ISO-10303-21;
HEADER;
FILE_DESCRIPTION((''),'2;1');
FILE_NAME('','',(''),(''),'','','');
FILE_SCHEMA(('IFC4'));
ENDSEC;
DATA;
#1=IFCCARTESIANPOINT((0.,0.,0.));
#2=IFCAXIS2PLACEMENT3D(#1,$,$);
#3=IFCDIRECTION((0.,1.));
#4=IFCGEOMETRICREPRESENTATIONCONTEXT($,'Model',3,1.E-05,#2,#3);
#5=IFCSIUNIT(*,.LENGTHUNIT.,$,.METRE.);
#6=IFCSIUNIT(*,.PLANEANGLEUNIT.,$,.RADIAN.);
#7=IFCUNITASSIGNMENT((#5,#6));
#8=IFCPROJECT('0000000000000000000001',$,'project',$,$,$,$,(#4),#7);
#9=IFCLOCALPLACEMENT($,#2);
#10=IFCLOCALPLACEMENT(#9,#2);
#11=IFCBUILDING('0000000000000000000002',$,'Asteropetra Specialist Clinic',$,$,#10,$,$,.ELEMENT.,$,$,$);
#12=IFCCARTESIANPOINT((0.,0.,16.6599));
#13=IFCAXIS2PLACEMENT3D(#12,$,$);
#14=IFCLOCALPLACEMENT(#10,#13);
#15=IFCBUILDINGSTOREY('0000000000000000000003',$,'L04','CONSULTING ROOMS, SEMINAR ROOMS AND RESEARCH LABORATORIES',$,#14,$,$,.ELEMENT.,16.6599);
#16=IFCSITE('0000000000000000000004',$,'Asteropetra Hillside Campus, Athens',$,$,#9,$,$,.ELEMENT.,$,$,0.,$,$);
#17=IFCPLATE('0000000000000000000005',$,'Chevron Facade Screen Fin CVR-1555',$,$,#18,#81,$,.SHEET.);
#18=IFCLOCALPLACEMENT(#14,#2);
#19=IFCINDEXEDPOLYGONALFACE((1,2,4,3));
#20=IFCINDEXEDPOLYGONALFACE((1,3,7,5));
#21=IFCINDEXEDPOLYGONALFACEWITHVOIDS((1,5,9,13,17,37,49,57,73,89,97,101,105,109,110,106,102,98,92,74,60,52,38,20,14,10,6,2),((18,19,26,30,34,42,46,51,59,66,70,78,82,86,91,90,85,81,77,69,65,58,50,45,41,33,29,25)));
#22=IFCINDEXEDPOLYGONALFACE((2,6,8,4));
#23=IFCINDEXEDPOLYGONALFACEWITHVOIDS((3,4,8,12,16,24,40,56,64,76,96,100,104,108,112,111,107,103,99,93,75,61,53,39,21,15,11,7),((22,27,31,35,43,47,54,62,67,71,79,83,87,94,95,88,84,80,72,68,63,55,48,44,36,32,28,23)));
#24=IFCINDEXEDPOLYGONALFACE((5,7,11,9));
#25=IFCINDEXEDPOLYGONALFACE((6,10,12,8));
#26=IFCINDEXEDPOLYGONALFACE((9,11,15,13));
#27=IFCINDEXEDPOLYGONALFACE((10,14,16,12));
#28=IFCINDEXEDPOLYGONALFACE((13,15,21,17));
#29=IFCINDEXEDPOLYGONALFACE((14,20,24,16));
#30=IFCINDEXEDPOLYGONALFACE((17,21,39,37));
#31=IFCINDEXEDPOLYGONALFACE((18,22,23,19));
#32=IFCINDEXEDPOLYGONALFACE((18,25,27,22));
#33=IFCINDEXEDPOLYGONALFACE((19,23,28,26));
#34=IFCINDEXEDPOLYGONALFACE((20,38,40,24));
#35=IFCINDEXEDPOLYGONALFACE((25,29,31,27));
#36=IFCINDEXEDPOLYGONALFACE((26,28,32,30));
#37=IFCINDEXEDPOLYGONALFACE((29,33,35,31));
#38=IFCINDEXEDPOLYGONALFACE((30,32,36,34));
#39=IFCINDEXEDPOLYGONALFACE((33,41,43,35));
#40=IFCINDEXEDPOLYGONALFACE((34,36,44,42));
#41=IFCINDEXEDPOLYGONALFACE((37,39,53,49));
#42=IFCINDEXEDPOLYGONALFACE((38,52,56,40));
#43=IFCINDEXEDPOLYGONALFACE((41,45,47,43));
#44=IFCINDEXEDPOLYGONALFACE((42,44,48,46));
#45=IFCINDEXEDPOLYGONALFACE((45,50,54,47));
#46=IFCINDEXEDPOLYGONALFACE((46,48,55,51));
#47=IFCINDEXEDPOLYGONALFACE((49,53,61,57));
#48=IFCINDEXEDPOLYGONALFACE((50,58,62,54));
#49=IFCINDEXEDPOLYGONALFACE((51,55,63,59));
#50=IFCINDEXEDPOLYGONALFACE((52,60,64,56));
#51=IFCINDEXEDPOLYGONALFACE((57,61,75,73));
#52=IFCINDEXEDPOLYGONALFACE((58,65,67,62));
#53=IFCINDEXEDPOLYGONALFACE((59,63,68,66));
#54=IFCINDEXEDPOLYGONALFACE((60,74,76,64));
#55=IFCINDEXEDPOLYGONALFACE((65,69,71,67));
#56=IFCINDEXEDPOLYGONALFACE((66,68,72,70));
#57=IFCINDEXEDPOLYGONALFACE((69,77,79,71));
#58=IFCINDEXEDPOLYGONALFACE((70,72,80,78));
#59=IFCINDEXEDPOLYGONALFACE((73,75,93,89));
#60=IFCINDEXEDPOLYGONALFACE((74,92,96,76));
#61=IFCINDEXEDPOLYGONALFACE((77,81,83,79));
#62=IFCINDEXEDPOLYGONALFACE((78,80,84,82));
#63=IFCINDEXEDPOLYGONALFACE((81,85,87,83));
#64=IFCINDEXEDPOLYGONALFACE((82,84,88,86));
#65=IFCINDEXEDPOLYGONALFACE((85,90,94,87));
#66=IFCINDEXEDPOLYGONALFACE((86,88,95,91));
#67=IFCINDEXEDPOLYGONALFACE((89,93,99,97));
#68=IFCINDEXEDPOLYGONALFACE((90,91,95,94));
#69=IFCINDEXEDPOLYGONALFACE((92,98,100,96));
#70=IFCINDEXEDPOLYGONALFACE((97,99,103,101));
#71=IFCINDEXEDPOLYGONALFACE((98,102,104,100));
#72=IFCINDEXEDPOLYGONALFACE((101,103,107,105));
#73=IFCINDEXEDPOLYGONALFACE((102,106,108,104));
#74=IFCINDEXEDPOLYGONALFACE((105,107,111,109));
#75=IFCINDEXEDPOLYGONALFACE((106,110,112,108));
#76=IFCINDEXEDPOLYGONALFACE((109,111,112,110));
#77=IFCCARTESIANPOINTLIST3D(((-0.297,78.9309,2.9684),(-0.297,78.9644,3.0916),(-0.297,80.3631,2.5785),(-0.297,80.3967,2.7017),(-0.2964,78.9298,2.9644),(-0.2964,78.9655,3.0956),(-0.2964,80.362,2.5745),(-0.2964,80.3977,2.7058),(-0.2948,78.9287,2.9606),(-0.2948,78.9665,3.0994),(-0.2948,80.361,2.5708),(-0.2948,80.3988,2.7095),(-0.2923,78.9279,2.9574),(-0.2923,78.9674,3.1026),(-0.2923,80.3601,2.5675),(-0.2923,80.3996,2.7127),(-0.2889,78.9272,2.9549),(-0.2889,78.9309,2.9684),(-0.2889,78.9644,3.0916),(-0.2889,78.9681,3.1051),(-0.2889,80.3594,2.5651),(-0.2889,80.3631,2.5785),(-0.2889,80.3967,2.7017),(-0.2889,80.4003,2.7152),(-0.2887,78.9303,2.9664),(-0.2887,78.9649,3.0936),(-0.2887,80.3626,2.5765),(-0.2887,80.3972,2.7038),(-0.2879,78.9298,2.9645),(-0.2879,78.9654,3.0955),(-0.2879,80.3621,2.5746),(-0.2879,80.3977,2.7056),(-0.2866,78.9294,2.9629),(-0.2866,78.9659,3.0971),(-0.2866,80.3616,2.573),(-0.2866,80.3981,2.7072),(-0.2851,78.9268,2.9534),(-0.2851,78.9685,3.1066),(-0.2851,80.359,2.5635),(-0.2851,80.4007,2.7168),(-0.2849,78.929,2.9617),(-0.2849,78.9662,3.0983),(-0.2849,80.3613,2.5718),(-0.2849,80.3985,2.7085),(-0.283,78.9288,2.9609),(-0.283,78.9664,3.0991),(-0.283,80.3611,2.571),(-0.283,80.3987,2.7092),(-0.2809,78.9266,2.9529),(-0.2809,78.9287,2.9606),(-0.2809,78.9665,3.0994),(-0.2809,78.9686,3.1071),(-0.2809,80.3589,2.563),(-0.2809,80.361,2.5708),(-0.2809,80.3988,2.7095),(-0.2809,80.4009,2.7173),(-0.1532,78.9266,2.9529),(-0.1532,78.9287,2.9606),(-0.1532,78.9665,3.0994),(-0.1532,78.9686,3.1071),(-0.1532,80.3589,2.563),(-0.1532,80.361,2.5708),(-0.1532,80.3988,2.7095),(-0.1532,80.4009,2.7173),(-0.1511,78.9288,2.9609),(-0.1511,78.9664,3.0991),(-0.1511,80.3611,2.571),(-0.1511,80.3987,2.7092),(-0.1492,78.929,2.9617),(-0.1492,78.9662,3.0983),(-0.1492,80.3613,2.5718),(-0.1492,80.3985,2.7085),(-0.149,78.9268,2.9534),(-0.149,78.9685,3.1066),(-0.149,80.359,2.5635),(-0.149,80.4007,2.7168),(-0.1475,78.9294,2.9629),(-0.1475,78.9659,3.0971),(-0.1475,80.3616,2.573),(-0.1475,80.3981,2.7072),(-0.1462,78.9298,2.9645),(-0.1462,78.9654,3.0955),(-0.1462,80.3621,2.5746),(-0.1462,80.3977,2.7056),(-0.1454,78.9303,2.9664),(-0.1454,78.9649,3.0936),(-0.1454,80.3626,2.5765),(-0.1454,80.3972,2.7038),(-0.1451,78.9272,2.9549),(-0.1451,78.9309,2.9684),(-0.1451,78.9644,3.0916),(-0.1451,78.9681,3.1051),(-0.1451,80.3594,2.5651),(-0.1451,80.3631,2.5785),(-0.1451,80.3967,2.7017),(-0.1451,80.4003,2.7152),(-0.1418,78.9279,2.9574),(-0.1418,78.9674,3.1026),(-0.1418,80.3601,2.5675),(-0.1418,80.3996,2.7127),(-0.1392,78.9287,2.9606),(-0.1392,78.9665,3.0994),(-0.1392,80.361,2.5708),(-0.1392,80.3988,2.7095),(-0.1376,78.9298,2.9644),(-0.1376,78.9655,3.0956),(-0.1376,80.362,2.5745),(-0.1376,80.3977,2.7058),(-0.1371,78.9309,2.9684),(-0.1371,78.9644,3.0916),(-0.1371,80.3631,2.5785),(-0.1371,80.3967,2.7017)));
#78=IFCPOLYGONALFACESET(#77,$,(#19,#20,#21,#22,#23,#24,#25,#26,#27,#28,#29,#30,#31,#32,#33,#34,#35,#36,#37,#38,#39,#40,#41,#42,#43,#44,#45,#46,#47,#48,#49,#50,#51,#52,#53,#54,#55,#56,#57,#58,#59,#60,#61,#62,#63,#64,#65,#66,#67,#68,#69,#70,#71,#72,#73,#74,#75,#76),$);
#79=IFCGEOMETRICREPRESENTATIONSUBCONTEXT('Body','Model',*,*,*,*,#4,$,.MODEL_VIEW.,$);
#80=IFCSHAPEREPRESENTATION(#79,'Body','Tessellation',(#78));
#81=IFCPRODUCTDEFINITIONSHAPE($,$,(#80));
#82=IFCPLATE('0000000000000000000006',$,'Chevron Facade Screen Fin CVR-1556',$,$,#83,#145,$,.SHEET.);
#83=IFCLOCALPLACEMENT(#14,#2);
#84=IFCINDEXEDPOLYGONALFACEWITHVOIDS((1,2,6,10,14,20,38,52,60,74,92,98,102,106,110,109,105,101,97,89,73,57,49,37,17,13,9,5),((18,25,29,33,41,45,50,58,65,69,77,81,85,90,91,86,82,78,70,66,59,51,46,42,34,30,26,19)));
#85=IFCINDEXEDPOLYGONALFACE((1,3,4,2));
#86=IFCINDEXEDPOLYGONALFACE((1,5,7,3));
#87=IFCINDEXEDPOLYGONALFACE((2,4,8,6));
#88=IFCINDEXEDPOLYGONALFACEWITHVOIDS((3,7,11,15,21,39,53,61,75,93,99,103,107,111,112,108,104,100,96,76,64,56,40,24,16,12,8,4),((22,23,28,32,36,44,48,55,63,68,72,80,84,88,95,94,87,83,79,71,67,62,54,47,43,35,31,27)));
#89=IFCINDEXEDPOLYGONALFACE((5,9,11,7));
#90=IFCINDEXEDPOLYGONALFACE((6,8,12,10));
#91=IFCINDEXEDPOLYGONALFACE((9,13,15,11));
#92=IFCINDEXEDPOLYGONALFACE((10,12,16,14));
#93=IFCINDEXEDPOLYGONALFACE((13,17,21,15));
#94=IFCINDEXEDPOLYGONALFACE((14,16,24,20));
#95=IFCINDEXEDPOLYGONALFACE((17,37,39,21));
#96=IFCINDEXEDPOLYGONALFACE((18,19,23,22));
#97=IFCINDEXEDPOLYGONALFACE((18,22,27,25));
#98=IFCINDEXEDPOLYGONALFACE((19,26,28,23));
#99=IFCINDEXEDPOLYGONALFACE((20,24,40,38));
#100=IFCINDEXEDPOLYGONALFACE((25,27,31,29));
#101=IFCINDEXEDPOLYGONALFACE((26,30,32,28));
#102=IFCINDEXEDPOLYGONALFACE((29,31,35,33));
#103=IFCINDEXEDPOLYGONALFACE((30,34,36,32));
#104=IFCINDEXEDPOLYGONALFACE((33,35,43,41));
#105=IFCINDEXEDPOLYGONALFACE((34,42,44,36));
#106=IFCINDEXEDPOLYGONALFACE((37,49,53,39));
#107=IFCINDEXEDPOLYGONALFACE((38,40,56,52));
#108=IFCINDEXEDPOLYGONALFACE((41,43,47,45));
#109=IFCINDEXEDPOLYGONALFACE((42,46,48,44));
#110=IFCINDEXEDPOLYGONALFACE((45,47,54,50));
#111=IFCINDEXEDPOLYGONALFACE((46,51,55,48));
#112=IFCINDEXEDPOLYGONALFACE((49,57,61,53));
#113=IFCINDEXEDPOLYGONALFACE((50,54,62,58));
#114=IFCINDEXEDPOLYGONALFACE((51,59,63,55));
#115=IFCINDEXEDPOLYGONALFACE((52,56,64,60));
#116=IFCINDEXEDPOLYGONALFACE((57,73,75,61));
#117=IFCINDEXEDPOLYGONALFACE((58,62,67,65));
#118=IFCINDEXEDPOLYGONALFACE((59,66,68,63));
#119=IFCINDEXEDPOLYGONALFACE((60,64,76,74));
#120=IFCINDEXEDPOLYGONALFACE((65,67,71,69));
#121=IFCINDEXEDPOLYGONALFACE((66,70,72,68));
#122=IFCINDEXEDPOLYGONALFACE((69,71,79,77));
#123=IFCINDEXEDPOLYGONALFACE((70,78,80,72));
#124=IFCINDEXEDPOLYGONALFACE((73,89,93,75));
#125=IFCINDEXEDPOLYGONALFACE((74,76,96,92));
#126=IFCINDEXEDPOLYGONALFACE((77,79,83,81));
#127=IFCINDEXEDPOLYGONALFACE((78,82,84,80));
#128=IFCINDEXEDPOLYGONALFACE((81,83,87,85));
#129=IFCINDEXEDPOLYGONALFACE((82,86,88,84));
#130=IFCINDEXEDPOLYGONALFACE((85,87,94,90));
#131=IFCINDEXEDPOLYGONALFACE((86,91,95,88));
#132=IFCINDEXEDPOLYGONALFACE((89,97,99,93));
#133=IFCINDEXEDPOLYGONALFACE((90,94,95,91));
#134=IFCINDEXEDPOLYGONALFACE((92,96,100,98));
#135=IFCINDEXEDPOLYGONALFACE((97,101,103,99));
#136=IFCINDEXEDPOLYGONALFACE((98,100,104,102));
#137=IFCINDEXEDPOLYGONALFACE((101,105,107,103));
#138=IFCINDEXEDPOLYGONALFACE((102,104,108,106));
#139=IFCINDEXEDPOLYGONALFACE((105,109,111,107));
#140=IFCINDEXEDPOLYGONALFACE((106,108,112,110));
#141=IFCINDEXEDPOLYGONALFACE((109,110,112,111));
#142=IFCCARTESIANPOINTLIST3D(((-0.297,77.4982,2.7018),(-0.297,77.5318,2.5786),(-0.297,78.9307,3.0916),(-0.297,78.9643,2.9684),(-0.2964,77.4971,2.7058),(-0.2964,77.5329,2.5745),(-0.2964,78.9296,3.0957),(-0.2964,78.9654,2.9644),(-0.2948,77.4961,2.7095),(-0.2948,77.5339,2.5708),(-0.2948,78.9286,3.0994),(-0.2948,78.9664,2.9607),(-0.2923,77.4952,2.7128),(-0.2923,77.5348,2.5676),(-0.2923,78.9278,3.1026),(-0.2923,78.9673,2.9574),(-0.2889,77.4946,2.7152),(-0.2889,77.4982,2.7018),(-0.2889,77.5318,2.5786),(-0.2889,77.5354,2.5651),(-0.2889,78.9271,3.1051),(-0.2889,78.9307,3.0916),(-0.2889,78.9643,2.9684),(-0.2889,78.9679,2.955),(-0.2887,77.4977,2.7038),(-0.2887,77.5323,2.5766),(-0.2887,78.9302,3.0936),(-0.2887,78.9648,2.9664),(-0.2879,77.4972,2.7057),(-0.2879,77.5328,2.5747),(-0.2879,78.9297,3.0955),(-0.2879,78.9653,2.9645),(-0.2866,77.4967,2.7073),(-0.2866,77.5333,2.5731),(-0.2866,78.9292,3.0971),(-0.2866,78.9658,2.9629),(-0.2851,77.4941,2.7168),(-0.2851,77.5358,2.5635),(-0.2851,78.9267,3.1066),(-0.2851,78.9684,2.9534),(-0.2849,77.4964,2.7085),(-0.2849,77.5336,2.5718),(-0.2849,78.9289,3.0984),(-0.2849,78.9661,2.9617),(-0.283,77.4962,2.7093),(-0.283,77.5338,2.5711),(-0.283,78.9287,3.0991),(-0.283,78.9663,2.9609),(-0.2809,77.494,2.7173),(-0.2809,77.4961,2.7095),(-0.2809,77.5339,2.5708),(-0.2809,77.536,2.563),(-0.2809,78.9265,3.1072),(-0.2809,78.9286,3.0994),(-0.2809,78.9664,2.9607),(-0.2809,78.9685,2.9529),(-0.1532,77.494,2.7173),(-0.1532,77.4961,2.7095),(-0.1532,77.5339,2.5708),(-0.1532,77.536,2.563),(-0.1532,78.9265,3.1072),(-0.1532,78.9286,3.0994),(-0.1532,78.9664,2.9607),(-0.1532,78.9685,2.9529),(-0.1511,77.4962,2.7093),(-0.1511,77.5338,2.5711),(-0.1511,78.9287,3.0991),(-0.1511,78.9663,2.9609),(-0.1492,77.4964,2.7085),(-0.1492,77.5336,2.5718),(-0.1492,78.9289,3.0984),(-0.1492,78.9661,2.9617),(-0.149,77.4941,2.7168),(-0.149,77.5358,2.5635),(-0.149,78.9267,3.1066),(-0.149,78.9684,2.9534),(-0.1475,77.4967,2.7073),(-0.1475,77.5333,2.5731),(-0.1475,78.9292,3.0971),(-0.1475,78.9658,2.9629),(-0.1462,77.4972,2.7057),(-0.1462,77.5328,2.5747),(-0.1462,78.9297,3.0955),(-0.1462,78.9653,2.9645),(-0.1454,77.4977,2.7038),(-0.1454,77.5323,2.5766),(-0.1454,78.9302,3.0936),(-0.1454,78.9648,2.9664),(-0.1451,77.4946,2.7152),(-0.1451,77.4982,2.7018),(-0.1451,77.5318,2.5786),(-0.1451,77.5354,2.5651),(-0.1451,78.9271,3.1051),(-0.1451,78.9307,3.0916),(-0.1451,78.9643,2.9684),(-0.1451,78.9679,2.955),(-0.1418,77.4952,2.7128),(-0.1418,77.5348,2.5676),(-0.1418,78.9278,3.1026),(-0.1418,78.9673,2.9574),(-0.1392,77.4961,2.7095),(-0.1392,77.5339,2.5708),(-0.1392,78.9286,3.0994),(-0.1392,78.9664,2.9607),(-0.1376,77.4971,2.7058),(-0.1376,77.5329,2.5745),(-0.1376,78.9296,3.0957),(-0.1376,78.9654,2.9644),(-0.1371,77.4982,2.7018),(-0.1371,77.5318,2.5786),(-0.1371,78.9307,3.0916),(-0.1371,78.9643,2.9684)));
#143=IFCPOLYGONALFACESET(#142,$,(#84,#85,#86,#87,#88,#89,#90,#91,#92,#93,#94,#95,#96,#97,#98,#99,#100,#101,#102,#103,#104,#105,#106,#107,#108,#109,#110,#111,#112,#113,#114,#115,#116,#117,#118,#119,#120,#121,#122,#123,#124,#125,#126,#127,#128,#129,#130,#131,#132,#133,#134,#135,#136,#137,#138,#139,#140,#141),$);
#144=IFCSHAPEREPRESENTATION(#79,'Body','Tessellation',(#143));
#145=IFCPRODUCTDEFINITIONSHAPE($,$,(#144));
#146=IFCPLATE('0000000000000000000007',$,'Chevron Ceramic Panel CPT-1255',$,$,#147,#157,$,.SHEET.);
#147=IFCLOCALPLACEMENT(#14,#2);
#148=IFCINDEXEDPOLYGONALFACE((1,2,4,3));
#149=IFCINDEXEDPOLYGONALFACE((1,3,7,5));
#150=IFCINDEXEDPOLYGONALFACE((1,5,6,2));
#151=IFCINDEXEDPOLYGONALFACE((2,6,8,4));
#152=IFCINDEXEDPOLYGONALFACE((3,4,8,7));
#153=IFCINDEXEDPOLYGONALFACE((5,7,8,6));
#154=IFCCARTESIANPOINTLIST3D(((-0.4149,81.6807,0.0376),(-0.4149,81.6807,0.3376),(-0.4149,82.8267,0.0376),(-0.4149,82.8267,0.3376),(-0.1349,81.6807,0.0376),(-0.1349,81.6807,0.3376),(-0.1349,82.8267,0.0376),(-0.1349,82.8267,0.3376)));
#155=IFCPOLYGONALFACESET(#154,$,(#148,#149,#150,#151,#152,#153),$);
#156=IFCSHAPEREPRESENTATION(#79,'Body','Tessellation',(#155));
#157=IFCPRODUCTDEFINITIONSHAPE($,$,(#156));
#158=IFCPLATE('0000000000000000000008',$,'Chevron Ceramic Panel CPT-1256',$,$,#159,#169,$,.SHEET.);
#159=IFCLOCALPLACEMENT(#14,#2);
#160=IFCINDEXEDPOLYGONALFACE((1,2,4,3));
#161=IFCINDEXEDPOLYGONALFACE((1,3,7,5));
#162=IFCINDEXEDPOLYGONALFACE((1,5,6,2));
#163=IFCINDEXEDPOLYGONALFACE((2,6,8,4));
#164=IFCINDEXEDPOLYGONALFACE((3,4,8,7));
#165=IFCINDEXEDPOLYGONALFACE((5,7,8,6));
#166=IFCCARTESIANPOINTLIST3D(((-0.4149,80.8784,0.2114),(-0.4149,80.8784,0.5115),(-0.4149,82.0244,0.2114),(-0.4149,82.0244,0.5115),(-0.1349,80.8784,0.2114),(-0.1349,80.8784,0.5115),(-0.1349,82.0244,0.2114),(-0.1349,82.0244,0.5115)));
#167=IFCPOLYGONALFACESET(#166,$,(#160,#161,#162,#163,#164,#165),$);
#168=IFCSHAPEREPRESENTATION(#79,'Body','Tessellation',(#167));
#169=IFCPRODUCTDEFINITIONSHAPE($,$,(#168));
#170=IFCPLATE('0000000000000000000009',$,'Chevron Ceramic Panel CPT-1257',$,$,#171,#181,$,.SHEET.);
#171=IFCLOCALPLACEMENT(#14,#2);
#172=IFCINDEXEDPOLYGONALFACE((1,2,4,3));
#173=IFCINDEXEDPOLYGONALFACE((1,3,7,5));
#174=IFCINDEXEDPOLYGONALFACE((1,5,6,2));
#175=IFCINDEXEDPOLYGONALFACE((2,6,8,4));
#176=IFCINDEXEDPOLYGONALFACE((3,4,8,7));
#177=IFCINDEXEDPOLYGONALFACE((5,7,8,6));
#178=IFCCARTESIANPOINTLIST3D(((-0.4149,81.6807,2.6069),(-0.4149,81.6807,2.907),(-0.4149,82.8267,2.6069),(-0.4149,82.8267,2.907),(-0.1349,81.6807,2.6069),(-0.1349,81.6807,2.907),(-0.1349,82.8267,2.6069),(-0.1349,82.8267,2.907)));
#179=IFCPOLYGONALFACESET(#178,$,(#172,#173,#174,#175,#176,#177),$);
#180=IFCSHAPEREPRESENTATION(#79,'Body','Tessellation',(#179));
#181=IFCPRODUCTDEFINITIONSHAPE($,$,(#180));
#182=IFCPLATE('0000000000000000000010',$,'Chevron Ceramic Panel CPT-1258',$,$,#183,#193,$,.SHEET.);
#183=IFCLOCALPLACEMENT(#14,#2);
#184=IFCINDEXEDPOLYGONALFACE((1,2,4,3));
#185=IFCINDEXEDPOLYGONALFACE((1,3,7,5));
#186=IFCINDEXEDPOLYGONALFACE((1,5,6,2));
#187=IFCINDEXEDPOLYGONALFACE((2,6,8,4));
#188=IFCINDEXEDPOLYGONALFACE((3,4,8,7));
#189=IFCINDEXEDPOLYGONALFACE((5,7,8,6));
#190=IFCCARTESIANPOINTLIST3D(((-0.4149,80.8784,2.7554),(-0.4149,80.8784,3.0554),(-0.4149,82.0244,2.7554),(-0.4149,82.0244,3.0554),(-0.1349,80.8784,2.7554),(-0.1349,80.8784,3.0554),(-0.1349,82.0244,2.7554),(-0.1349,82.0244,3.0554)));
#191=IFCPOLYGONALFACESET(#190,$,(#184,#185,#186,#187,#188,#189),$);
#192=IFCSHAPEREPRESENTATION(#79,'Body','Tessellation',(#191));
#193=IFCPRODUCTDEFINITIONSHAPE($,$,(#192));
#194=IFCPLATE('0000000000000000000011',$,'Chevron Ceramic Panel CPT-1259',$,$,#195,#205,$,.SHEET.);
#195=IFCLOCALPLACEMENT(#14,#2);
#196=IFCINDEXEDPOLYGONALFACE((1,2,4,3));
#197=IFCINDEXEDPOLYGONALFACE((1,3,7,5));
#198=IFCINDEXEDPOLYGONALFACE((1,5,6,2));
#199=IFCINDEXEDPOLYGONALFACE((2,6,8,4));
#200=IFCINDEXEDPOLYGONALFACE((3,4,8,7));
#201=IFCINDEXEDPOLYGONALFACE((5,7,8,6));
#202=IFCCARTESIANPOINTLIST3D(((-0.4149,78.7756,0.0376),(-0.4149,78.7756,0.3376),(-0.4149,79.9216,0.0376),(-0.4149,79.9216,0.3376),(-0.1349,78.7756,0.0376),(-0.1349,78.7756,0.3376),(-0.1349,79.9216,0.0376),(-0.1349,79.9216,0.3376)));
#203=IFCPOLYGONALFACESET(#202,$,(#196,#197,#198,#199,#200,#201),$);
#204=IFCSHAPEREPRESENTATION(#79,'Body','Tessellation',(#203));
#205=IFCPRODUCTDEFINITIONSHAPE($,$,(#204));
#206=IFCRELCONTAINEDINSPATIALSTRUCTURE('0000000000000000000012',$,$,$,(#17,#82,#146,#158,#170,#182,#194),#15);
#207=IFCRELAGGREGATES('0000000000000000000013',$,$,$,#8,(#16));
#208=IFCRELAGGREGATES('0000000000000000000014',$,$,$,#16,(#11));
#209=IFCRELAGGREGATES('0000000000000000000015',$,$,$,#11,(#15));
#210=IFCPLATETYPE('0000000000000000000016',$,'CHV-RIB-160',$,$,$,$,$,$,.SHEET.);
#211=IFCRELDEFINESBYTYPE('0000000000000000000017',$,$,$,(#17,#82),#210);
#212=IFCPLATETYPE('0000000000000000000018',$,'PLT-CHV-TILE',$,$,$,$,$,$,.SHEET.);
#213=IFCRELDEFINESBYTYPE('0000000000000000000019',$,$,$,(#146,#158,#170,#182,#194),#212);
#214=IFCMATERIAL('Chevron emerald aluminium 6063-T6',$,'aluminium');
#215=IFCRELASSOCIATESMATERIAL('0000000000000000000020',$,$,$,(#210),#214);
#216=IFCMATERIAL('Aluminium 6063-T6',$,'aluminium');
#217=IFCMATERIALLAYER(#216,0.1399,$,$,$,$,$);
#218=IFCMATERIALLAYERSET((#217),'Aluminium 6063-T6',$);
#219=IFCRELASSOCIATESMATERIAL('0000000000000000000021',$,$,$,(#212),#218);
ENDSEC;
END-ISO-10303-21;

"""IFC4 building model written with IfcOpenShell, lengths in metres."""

from ifc_helpers import new_model, si_unit, direction, frame, origin, origin_2d, place, context, subcontext, project, spatial, rectangle, hollow_rectangle, extrude, material, layer, layer_set, material_profile, profile_set, type_object, element, save


model = new_model("IFC4")

# Units and contexts
model_context = context("Model", 3, precision=1e-05, world=origin(), true_north=direction((0.0, 1.0)))
body_context = subcontext(model_context, "Body", "Model", "MODEL_VIEW")
ifc_project = project(units=[si_unit("LENGTHUNIT", "METRE"), si_unit("PLANEANGLEUNIT", "RADIAN")], contexts=[model_context])

# Site, building, storey
site_placement = place(None, origin())
site = spatial("IfcSite", under=ifc_project, at=site_placement, Name="Asteropetra Hillside Campus, Athens", CompositionType="ELEMENT", RefElevation=0.0)
building_placement = place(site_placement, origin())
building = spatial("IfcBuilding", under=site, at=building_placement, Name="Asteropetra Specialist Clinic", CompositionType="ELEMENT")
storey_placement = place(building_placement, frame((0.0, 0.0, 16.6599)))
storey = spatial("IfcBuildingStorey", under=building, at=storey_placement, Name="L04", Description="CONSULTING ROOMS, SEMINAR ROOMS AND RESEARCH LABORATORIES", CompositionType="ELEMENT", Elevation=16.6599)

# Plates
ifc_material_1 = material(Name="Chevron emerald aluminium 6063-T6", Category="aluminium")
ifc_material_profile_1 = material_profile(ifc_material_1, hollow_rectangle(XDim=0.1599, YDim=0.1599, WallThickness=0.0081, InnerFilletRadius=0.0081, OuterFilletRadius=0.0161, at=origin_2d()), Name="SHS 160x160x8.0")
ifc_profile_set_1 = profile_set([ifc_material_profile_1], Name="Chevron emerald aluminium 6063-T6")
plate_type_1 = type_object("IfcPlateType", Name="CHV-RIB-160", PredefinedType="SHEET", material=ifc_profile_set_1)
plate_1_placement = place(storey_placement, frame((-0.217, 80.3799, 2.6401), z_axis=(0.0, -0.964893, 0.262644), x_axis=(1.0, 0.0, 0.0)))
element("IfcPlate", 1, at=plate_1_placement, inside=storey, type_object=plate_type_1, Name="Chevron Facade Screen Fin CVR-1555", PredefinedType="SHEET", context=body_context, shape_type="SweptSolid", body=[
    extrude(hollow_rectangle(XDim=0.1599, YDim=0.1599, WallThickness=0.0081, InnerFilletRadius=0.0081, OuterFilletRadius=0.0161, at=origin_2d()), origin(), (0.0, 0.0, 1.0), 1.4844),
])
plate_2_placement = place(storey_placement, frame((-0.217, 78.9475, 3.03), z_axis=(0.0, -0.964904, -0.262603), x_axis=(1.0, 0.0, 0.0)))
element("IfcPlate", 2, at=plate_2_placement, inside=storey, type_object=plate_type_1, Name="Chevron Facade Screen Fin CVR-1556", PredefinedType="SHEET", context=body_context, shape_type="SweptSolid", body=[
    extrude(hollow_rectangle(XDim=0.1599, YDim=0.1599, WallThickness=0.0081, InnerFilletRadius=0.0081, OuterFilletRadius=0.0161, at=origin_2d()), origin(), (0.0, 0.0, 1.0), 1.4846),
])
ifc_material_2 = material(Name="Aluminium 6063-T6", Category="aluminium")
ifc_layer_1 = layer(ifc_material_2, 0.1399)
ifc_layer_set_1 = layer_set([ifc_layer_1], Name="Aluminium 6063-T6")
plate_type_2 = type_object("IfcPlateType", Name="PLT-CHV-TILE", PredefinedType="SHEET", material=ifc_layer_set_1)
for number, where, z_axis, x_axis, name in (
    (3, (-0.2749, 82.2537, 0.0376), (0.0, 0.0, 1.0), (1.0, 0.0, 0.0), "Chevron Ceramic Panel CPT-1255"),
    (4, (-0.2749, 81.4514, 0.2114), (0.0, 0.0, 1.0), (1.0, 0.0, 0.0), "Chevron Ceramic Panel CPT-1256"),
    (5, (-0.2749, 82.2537, 2.6069), (0.0, 0.0, 1.0), (1.0, 0.0, 0.0), "Chevron Ceramic Panel CPT-1257"),
    (6, (-0.2749, 81.4514, 2.7554), (0.0, 0.0, 1.0), (1.0, 0.0, 0.0), "Chevron Ceramic Panel CPT-1258"),
    (7, (-0.2749, 79.3486, 0.0376), (0.0, 0.0, 1.0), (1.0, 0.0, 0.0), "Chevron Ceramic Panel CPT-1259"),
):
    element("IfcPlate", number, at=place(storey_placement, frame(where, z_axis=z_axis, x_axis=x_axis)), inside=storey, type_object=plate_type_2, Name=name, PredefinedType="SHEET", context=body_context, shape_type="SweptSolid", body=[
        extrude(rectangle(XDim=0.28, YDim=1.146, at=origin_2d()), origin(), (0.0, 0.0, 1.0), 0.3),
    ])

save(model, "model.ifc")
